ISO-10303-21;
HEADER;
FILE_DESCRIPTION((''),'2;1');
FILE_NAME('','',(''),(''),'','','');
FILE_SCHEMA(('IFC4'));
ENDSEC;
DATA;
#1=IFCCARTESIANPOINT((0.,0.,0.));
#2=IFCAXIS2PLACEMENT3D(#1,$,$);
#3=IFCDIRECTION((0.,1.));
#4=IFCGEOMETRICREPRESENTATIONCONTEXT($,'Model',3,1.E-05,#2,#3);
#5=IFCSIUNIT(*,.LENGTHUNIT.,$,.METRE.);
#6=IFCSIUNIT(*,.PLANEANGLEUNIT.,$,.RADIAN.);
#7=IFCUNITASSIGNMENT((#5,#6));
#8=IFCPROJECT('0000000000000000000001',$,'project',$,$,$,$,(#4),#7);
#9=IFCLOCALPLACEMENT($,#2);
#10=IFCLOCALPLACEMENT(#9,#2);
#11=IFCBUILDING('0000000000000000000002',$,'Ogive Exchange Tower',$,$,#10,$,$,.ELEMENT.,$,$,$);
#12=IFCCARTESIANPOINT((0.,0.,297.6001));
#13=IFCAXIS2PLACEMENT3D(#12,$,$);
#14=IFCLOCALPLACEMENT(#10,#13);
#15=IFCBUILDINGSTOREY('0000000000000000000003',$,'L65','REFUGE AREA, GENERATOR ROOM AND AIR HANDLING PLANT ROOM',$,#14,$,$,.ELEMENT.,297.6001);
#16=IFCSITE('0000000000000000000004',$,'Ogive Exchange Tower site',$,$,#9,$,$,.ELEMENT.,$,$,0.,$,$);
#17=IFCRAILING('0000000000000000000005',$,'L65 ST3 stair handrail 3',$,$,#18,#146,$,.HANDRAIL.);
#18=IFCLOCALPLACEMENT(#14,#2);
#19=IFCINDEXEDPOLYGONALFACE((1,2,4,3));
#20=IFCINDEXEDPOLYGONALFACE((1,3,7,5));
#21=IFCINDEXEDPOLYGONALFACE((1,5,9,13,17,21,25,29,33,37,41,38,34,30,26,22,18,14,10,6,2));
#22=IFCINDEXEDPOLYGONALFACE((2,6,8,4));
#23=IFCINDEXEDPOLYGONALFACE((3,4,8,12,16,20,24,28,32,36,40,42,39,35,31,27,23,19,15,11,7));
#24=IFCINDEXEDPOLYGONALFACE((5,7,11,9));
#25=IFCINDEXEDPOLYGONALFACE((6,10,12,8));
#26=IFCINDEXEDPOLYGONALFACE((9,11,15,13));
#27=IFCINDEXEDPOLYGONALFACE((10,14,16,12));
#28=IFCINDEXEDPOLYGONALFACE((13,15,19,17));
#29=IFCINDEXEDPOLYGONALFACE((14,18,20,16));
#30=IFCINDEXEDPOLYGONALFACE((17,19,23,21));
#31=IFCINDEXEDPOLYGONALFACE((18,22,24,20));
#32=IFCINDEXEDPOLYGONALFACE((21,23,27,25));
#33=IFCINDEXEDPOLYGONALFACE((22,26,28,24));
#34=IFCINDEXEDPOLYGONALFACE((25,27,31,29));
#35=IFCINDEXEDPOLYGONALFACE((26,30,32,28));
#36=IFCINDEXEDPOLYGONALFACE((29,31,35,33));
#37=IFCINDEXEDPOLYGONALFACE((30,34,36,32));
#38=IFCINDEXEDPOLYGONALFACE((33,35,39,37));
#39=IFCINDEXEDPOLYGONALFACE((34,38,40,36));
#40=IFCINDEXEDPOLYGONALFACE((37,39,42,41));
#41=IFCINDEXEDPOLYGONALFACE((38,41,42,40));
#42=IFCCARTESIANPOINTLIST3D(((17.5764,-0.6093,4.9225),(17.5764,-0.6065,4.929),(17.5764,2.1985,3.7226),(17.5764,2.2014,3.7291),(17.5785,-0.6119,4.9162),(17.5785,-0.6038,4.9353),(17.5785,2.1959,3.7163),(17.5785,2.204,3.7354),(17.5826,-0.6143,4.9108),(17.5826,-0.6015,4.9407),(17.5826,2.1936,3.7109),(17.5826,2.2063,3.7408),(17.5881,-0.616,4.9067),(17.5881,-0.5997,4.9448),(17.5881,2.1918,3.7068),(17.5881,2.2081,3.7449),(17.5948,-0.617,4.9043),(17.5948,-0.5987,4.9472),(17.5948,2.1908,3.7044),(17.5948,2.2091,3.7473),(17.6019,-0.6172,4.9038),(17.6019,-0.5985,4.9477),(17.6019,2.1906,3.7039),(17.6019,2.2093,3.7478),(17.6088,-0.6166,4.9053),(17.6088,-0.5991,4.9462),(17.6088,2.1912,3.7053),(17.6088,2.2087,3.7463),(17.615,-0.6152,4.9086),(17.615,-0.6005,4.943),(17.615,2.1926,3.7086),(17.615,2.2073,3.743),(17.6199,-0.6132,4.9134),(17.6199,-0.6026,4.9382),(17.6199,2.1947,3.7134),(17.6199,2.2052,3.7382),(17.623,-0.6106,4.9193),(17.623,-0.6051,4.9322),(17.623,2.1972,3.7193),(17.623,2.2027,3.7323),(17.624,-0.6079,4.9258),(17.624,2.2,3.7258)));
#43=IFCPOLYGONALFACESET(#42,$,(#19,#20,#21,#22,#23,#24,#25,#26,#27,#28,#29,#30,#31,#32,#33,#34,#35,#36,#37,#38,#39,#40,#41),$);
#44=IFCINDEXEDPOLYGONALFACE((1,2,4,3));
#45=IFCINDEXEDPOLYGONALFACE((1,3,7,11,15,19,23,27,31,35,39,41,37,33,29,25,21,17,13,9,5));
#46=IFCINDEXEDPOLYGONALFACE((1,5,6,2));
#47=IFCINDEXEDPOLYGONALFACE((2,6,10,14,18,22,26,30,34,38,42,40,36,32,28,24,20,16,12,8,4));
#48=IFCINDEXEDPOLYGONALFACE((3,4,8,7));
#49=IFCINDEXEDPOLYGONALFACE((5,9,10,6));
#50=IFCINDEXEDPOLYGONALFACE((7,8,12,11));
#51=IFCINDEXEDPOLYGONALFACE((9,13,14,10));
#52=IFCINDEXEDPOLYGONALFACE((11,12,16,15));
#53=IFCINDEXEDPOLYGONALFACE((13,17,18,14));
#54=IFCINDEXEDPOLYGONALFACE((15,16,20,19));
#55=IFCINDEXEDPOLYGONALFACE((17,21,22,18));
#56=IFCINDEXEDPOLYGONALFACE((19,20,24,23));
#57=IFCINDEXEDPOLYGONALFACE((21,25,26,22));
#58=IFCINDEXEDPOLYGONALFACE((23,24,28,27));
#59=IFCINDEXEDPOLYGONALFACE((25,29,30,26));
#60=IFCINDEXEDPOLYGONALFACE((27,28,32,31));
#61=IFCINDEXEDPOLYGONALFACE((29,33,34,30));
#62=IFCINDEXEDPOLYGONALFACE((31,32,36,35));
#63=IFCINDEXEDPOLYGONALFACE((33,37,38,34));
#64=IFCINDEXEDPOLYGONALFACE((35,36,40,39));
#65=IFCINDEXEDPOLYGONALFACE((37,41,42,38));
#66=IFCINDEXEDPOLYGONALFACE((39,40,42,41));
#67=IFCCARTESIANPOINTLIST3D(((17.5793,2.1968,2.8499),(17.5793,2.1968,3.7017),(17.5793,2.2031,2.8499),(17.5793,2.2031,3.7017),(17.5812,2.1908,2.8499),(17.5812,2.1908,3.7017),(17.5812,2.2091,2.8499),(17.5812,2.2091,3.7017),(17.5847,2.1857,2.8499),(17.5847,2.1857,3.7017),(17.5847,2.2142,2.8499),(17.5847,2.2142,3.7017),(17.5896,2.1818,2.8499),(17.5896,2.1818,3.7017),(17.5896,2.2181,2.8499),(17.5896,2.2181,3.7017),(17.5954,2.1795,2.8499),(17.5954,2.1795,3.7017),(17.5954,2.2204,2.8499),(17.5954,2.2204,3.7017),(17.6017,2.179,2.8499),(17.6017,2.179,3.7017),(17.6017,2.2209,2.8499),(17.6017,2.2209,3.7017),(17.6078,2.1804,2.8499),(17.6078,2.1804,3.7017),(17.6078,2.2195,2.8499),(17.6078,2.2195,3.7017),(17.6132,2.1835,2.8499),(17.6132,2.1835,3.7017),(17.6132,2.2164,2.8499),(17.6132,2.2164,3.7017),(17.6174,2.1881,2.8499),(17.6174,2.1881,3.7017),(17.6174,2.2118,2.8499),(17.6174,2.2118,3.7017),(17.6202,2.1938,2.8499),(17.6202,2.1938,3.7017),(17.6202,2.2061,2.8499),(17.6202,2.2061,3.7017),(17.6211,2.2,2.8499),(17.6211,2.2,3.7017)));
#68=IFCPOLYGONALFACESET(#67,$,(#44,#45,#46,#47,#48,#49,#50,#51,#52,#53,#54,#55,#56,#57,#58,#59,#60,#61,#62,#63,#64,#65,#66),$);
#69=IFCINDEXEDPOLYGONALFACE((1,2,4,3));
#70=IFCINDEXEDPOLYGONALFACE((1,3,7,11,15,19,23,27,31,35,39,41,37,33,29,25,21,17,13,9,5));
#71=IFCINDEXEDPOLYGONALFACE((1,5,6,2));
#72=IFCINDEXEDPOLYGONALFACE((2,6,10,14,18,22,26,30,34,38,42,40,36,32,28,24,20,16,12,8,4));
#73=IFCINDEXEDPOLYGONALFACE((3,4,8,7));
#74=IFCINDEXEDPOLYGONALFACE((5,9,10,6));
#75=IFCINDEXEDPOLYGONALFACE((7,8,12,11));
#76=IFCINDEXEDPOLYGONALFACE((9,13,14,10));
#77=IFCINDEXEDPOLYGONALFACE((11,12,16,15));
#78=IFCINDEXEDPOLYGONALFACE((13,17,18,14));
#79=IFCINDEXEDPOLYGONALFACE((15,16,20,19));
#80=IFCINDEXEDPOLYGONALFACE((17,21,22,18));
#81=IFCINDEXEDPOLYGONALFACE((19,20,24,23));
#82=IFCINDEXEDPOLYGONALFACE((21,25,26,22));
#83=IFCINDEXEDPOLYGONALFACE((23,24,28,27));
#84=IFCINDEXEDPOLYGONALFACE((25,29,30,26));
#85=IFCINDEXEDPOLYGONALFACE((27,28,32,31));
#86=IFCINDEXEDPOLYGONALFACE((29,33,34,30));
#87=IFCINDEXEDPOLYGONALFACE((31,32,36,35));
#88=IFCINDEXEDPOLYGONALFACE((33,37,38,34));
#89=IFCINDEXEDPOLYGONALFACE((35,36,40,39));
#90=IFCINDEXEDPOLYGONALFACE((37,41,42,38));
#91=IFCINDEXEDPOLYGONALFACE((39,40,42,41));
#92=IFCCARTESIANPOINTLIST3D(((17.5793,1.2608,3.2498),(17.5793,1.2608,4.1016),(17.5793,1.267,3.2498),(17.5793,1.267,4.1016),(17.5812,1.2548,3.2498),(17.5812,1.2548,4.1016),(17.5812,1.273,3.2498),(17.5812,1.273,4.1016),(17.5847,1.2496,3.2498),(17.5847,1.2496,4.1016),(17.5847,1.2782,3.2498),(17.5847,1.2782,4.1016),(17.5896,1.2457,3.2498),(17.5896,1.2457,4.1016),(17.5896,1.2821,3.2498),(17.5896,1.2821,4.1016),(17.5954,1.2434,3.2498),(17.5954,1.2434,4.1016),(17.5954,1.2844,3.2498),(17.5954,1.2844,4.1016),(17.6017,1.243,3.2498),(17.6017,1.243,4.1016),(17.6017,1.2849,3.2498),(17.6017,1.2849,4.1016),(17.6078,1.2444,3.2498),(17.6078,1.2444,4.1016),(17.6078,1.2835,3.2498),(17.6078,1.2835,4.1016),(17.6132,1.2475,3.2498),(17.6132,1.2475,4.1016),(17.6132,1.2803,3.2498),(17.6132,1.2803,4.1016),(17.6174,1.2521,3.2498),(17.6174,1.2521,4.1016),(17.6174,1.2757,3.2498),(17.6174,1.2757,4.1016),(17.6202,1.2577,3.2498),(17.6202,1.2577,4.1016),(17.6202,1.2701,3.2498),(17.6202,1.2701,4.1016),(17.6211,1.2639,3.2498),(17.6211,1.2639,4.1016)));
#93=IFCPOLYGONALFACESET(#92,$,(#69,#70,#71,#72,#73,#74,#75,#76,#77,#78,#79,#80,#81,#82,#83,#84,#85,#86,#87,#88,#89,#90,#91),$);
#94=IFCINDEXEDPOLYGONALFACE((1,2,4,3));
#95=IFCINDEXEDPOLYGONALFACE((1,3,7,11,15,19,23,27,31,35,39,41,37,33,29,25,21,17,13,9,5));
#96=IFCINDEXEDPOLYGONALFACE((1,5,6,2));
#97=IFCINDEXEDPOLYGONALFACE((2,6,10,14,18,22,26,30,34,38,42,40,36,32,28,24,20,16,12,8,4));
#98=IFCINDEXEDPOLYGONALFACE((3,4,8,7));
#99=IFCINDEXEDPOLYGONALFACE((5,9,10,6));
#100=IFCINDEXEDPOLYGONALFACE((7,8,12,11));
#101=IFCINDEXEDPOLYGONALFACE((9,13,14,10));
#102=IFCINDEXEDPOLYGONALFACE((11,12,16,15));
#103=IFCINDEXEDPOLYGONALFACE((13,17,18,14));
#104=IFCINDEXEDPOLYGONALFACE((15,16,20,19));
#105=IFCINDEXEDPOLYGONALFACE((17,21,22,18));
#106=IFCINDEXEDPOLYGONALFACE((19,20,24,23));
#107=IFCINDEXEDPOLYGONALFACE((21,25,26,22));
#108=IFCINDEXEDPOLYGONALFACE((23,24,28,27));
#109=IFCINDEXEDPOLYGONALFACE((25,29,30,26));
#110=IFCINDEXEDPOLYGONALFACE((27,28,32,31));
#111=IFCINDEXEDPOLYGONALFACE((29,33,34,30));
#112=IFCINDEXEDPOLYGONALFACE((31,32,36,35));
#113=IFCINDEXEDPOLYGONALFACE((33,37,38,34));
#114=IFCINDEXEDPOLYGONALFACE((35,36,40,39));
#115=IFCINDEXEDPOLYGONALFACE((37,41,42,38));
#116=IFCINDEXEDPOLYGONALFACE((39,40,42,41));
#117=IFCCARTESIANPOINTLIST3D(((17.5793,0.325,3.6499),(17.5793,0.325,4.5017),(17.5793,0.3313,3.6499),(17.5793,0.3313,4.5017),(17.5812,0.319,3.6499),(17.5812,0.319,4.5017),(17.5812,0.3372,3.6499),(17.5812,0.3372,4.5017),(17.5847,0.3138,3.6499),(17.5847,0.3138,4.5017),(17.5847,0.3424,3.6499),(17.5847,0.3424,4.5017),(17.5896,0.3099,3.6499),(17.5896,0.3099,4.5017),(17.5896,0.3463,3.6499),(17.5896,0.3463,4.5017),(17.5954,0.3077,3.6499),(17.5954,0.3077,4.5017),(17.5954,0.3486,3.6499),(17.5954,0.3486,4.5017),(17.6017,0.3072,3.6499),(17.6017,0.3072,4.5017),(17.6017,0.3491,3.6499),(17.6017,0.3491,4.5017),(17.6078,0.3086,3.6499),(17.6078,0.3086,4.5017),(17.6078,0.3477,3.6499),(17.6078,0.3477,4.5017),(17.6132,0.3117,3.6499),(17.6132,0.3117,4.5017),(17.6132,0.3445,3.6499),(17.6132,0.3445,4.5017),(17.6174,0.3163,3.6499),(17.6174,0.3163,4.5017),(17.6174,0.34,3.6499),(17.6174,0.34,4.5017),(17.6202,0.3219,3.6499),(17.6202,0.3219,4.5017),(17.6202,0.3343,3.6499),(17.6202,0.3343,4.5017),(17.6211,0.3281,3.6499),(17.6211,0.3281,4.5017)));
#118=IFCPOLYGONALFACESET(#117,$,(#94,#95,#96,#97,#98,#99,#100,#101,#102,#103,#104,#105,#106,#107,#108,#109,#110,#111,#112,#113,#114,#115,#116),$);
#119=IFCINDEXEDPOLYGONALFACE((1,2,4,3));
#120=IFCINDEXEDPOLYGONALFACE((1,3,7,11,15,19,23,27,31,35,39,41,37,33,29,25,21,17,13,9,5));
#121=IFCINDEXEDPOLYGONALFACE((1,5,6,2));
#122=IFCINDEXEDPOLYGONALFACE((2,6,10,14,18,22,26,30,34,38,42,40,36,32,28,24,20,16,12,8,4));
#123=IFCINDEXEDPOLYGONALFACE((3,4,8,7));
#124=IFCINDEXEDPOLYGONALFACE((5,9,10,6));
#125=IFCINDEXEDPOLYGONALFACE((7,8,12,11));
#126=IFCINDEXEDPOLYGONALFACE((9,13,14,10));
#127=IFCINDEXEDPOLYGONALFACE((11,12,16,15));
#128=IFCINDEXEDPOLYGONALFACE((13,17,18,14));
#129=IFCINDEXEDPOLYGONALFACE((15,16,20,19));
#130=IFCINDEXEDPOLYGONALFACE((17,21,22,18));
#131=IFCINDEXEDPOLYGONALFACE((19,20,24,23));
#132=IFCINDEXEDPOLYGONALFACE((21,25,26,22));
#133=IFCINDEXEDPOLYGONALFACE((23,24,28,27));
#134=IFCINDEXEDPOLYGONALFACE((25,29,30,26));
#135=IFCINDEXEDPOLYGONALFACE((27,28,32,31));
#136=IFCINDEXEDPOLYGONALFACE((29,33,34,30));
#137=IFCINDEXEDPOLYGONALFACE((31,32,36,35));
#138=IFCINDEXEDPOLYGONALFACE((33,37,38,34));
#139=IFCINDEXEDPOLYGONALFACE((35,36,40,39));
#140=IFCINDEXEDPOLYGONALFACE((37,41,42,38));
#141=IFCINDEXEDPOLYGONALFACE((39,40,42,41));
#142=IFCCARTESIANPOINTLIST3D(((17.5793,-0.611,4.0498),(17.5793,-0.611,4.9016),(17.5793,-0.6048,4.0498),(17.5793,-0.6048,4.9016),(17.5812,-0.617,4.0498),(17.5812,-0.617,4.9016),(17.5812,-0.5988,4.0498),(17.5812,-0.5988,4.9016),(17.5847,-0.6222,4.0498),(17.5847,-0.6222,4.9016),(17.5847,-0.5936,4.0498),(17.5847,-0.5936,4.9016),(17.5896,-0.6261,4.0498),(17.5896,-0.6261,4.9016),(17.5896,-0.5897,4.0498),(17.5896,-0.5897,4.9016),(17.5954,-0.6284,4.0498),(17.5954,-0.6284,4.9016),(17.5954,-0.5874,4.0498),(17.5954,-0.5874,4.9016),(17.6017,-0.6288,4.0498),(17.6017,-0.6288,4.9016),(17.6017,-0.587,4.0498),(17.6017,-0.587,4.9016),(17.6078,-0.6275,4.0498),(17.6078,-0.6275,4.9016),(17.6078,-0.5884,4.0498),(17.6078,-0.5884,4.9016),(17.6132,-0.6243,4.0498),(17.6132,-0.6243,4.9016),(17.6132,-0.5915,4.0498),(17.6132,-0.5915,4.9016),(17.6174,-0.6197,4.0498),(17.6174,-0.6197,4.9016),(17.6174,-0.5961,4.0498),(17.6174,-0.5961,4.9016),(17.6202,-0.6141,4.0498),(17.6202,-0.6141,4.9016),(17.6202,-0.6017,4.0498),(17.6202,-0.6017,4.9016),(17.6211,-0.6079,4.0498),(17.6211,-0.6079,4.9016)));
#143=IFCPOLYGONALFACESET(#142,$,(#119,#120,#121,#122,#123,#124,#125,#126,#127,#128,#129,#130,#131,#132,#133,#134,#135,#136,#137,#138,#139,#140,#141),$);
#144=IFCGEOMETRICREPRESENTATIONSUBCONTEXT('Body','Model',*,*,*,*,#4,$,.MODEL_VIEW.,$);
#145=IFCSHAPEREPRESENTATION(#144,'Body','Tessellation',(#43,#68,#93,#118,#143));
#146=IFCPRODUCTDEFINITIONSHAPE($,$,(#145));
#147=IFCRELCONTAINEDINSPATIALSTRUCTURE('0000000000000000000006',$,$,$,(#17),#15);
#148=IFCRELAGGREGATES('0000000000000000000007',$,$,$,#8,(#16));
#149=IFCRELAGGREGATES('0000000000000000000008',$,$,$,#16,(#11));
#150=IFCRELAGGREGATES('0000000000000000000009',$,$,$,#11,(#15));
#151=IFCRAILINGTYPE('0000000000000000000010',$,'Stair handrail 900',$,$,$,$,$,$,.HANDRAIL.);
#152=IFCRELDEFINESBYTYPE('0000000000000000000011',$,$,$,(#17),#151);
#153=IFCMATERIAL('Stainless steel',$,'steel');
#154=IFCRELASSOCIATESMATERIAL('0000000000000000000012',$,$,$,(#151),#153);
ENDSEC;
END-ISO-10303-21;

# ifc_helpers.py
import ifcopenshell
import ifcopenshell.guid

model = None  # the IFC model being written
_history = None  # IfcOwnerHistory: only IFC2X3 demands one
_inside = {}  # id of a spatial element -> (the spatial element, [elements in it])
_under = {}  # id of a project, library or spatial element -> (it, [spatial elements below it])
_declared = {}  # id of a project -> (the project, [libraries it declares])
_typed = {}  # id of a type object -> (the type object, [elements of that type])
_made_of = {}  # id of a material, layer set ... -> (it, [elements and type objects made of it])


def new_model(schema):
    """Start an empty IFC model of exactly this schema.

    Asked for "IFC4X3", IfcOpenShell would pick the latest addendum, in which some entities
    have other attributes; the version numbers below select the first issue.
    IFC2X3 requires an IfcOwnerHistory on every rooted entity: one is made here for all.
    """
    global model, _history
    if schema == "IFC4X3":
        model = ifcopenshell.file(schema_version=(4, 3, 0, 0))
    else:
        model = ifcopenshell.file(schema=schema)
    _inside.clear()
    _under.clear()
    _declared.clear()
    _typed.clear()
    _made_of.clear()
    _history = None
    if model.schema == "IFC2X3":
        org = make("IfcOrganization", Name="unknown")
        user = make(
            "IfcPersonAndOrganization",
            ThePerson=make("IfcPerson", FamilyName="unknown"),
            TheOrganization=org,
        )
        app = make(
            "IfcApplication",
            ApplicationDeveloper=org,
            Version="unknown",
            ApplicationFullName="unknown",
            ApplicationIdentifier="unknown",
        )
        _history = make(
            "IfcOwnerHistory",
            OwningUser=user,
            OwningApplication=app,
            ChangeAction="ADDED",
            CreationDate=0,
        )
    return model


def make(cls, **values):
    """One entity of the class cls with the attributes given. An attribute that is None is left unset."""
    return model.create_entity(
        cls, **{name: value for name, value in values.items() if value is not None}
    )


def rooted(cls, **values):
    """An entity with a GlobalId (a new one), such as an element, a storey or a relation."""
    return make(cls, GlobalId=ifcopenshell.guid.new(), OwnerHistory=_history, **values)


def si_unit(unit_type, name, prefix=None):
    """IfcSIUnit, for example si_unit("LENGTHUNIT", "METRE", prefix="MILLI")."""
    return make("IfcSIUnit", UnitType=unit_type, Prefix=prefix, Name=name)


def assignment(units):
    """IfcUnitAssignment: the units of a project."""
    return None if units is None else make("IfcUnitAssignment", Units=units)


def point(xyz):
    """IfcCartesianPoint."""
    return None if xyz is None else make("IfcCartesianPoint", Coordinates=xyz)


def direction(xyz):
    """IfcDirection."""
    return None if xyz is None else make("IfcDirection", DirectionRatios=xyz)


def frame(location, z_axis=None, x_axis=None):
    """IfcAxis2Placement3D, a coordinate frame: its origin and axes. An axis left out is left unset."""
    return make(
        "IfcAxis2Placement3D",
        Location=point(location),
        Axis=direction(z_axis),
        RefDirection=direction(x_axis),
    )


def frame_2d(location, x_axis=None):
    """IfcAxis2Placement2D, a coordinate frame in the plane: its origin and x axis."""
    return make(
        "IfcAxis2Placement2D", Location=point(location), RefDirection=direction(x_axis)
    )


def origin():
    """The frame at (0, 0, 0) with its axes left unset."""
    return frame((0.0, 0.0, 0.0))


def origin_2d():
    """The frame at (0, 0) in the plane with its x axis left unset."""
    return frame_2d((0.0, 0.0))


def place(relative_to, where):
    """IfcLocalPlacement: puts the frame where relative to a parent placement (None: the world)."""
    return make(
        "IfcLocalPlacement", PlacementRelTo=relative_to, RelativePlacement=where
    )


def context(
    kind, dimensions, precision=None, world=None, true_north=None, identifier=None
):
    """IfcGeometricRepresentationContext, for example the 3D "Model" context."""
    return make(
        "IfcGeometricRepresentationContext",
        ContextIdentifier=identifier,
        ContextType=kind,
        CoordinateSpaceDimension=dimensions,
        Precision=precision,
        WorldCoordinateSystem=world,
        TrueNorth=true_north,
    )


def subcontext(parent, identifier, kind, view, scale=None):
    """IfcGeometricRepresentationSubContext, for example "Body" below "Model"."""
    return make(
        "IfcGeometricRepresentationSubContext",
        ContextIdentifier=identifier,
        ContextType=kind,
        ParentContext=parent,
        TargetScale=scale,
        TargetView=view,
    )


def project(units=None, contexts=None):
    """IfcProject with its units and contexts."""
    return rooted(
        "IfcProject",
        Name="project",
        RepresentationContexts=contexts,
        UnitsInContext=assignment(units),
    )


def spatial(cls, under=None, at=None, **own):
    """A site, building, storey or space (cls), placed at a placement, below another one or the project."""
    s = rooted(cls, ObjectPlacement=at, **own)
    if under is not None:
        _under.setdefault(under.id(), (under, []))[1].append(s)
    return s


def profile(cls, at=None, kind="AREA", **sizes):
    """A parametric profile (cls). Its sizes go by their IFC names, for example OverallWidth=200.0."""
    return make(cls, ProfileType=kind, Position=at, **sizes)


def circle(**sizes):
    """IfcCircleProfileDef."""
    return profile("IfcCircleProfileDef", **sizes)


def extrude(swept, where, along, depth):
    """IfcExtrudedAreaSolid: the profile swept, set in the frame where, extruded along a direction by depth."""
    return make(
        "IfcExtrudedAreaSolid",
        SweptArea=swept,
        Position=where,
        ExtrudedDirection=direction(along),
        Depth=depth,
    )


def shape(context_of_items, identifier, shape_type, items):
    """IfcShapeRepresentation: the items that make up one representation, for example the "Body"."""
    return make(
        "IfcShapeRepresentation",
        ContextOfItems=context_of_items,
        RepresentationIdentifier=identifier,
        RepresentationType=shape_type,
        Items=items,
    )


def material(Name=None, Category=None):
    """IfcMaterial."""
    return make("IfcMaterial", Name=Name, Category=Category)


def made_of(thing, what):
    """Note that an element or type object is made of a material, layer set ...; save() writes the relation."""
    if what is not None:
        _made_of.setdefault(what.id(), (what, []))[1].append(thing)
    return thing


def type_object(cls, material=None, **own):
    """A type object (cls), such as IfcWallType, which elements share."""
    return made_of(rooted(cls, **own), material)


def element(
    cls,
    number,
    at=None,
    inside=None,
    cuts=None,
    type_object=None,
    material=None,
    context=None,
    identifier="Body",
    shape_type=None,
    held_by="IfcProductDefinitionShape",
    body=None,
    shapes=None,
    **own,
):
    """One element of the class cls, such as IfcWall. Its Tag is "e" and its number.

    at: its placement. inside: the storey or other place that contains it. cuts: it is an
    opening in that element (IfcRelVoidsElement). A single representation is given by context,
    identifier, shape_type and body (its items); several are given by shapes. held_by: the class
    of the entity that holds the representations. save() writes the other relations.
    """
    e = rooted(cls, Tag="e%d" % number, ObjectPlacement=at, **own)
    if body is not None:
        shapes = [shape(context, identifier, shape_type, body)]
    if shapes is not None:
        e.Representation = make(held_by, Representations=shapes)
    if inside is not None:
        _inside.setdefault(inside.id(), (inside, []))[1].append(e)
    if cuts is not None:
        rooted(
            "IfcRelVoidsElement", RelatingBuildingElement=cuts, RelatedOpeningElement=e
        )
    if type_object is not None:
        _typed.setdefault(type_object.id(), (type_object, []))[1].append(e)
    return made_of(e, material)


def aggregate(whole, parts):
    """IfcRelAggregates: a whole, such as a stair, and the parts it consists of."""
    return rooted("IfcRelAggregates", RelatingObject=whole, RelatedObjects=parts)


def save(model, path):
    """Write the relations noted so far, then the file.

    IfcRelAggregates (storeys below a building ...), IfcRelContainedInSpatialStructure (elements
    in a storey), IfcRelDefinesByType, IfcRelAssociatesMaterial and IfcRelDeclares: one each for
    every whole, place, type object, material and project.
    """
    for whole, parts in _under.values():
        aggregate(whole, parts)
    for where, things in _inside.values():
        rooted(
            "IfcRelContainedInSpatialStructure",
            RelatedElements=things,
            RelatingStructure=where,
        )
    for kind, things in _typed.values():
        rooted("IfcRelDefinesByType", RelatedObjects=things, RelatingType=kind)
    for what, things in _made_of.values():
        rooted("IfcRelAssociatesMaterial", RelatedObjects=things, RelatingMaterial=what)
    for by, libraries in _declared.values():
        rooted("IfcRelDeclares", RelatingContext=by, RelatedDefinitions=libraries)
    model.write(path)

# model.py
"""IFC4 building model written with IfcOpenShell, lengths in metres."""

from ifc_helpers import new_model, si_unit, direction, frame, origin, origin_2d, place, context, subcontext, project, spatial, circle, extrude, material, type_object, element, save


model = new_model("IFC4")

# Units and contexts
model_context = context("Model", 3, precision=1e-05, world=origin(), true_north=direction((0.0, 1.0)))
body_context = subcontext(model_context, "Body", "Model", "MODEL_VIEW")
ifc_project = project(units=[si_unit("LENGTHUNIT", "METRE"), si_unit("PLANEANGLEUNIT", "RADIAN")], contexts=[model_context])

# Site, building, storey
site_placement = place(None, origin())
site = spatial("IfcSite", under=ifc_project, at=site_placement, Name="Ogive Exchange Tower site", CompositionType="ELEMENT", RefElevation=0.0)
building_placement = place(site_placement, origin())
building = spatial("IfcBuilding", under=site, at=building_placement, Name="Ogive Exchange Tower", CompositionType="ELEMENT")
storey_placement = place(building_placement, frame((0.0, 0.0, 297.6001)))
storey = spatial("IfcBuildingStorey", under=building, at=storey_placement, Name="L65", Description="REFUGE AREA, GENERATOR ROOM AND AIR HANDLING PLANT ROOM", CompositionType="ELEMENT", Elevation=297.6001)

# Shared definitions
ifc_material_1 = material(Name="Stainless steel", Category="steel")

# Railing
railing_type = type_object("IfcRailingType", Name="Stair handrail 900", PredefinedType="HANDRAIL", material=ifc_material_1)
railing_1_placement = place(storey_placement, frame((17.6001, 2.2, 2.8499)))
element("IfcRailing", 1, at=railing_1_placement, inside=storey, type_object=railing_type, Name="L65 ST3 stair handrail 3", PredefinedType="HANDRAIL", context=body_context, shape_type="SweptSolid", body=[
    extrude(circle(Radius=0.0239, at=origin_2d()), frame((0.0, 0.0, 0.876), z_axis=(0.0, -0.91955, 0.392973), x_axis=(1.0, 0.0, 0.0)), (0.0, 0.0, 1.0), 3.0535),
    extrude(circle(Radius=0.021, at=origin_2d()), origin(), (0.0, 0.0, 1.0), 0.8518),
    extrude(circle(Radius=0.021, at=origin_2d()), frame((0.0, -0.936, 0.3999)), (0.0, 0.0, 1.0), 0.8518),
    extrude(circle(Radius=0.021, at=origin_2d()), frame((0.0, -1.8718, 0.8)), (0.0, 0.0, 1.0), 0.8518),
    extrude(circle(Radius=0.021, at=origin_2d()), frame((0.0, -2.8079, 1.2)), (0.0, 0.0, 1.0), 0.8518),
])

save(model, "model.ifc")
